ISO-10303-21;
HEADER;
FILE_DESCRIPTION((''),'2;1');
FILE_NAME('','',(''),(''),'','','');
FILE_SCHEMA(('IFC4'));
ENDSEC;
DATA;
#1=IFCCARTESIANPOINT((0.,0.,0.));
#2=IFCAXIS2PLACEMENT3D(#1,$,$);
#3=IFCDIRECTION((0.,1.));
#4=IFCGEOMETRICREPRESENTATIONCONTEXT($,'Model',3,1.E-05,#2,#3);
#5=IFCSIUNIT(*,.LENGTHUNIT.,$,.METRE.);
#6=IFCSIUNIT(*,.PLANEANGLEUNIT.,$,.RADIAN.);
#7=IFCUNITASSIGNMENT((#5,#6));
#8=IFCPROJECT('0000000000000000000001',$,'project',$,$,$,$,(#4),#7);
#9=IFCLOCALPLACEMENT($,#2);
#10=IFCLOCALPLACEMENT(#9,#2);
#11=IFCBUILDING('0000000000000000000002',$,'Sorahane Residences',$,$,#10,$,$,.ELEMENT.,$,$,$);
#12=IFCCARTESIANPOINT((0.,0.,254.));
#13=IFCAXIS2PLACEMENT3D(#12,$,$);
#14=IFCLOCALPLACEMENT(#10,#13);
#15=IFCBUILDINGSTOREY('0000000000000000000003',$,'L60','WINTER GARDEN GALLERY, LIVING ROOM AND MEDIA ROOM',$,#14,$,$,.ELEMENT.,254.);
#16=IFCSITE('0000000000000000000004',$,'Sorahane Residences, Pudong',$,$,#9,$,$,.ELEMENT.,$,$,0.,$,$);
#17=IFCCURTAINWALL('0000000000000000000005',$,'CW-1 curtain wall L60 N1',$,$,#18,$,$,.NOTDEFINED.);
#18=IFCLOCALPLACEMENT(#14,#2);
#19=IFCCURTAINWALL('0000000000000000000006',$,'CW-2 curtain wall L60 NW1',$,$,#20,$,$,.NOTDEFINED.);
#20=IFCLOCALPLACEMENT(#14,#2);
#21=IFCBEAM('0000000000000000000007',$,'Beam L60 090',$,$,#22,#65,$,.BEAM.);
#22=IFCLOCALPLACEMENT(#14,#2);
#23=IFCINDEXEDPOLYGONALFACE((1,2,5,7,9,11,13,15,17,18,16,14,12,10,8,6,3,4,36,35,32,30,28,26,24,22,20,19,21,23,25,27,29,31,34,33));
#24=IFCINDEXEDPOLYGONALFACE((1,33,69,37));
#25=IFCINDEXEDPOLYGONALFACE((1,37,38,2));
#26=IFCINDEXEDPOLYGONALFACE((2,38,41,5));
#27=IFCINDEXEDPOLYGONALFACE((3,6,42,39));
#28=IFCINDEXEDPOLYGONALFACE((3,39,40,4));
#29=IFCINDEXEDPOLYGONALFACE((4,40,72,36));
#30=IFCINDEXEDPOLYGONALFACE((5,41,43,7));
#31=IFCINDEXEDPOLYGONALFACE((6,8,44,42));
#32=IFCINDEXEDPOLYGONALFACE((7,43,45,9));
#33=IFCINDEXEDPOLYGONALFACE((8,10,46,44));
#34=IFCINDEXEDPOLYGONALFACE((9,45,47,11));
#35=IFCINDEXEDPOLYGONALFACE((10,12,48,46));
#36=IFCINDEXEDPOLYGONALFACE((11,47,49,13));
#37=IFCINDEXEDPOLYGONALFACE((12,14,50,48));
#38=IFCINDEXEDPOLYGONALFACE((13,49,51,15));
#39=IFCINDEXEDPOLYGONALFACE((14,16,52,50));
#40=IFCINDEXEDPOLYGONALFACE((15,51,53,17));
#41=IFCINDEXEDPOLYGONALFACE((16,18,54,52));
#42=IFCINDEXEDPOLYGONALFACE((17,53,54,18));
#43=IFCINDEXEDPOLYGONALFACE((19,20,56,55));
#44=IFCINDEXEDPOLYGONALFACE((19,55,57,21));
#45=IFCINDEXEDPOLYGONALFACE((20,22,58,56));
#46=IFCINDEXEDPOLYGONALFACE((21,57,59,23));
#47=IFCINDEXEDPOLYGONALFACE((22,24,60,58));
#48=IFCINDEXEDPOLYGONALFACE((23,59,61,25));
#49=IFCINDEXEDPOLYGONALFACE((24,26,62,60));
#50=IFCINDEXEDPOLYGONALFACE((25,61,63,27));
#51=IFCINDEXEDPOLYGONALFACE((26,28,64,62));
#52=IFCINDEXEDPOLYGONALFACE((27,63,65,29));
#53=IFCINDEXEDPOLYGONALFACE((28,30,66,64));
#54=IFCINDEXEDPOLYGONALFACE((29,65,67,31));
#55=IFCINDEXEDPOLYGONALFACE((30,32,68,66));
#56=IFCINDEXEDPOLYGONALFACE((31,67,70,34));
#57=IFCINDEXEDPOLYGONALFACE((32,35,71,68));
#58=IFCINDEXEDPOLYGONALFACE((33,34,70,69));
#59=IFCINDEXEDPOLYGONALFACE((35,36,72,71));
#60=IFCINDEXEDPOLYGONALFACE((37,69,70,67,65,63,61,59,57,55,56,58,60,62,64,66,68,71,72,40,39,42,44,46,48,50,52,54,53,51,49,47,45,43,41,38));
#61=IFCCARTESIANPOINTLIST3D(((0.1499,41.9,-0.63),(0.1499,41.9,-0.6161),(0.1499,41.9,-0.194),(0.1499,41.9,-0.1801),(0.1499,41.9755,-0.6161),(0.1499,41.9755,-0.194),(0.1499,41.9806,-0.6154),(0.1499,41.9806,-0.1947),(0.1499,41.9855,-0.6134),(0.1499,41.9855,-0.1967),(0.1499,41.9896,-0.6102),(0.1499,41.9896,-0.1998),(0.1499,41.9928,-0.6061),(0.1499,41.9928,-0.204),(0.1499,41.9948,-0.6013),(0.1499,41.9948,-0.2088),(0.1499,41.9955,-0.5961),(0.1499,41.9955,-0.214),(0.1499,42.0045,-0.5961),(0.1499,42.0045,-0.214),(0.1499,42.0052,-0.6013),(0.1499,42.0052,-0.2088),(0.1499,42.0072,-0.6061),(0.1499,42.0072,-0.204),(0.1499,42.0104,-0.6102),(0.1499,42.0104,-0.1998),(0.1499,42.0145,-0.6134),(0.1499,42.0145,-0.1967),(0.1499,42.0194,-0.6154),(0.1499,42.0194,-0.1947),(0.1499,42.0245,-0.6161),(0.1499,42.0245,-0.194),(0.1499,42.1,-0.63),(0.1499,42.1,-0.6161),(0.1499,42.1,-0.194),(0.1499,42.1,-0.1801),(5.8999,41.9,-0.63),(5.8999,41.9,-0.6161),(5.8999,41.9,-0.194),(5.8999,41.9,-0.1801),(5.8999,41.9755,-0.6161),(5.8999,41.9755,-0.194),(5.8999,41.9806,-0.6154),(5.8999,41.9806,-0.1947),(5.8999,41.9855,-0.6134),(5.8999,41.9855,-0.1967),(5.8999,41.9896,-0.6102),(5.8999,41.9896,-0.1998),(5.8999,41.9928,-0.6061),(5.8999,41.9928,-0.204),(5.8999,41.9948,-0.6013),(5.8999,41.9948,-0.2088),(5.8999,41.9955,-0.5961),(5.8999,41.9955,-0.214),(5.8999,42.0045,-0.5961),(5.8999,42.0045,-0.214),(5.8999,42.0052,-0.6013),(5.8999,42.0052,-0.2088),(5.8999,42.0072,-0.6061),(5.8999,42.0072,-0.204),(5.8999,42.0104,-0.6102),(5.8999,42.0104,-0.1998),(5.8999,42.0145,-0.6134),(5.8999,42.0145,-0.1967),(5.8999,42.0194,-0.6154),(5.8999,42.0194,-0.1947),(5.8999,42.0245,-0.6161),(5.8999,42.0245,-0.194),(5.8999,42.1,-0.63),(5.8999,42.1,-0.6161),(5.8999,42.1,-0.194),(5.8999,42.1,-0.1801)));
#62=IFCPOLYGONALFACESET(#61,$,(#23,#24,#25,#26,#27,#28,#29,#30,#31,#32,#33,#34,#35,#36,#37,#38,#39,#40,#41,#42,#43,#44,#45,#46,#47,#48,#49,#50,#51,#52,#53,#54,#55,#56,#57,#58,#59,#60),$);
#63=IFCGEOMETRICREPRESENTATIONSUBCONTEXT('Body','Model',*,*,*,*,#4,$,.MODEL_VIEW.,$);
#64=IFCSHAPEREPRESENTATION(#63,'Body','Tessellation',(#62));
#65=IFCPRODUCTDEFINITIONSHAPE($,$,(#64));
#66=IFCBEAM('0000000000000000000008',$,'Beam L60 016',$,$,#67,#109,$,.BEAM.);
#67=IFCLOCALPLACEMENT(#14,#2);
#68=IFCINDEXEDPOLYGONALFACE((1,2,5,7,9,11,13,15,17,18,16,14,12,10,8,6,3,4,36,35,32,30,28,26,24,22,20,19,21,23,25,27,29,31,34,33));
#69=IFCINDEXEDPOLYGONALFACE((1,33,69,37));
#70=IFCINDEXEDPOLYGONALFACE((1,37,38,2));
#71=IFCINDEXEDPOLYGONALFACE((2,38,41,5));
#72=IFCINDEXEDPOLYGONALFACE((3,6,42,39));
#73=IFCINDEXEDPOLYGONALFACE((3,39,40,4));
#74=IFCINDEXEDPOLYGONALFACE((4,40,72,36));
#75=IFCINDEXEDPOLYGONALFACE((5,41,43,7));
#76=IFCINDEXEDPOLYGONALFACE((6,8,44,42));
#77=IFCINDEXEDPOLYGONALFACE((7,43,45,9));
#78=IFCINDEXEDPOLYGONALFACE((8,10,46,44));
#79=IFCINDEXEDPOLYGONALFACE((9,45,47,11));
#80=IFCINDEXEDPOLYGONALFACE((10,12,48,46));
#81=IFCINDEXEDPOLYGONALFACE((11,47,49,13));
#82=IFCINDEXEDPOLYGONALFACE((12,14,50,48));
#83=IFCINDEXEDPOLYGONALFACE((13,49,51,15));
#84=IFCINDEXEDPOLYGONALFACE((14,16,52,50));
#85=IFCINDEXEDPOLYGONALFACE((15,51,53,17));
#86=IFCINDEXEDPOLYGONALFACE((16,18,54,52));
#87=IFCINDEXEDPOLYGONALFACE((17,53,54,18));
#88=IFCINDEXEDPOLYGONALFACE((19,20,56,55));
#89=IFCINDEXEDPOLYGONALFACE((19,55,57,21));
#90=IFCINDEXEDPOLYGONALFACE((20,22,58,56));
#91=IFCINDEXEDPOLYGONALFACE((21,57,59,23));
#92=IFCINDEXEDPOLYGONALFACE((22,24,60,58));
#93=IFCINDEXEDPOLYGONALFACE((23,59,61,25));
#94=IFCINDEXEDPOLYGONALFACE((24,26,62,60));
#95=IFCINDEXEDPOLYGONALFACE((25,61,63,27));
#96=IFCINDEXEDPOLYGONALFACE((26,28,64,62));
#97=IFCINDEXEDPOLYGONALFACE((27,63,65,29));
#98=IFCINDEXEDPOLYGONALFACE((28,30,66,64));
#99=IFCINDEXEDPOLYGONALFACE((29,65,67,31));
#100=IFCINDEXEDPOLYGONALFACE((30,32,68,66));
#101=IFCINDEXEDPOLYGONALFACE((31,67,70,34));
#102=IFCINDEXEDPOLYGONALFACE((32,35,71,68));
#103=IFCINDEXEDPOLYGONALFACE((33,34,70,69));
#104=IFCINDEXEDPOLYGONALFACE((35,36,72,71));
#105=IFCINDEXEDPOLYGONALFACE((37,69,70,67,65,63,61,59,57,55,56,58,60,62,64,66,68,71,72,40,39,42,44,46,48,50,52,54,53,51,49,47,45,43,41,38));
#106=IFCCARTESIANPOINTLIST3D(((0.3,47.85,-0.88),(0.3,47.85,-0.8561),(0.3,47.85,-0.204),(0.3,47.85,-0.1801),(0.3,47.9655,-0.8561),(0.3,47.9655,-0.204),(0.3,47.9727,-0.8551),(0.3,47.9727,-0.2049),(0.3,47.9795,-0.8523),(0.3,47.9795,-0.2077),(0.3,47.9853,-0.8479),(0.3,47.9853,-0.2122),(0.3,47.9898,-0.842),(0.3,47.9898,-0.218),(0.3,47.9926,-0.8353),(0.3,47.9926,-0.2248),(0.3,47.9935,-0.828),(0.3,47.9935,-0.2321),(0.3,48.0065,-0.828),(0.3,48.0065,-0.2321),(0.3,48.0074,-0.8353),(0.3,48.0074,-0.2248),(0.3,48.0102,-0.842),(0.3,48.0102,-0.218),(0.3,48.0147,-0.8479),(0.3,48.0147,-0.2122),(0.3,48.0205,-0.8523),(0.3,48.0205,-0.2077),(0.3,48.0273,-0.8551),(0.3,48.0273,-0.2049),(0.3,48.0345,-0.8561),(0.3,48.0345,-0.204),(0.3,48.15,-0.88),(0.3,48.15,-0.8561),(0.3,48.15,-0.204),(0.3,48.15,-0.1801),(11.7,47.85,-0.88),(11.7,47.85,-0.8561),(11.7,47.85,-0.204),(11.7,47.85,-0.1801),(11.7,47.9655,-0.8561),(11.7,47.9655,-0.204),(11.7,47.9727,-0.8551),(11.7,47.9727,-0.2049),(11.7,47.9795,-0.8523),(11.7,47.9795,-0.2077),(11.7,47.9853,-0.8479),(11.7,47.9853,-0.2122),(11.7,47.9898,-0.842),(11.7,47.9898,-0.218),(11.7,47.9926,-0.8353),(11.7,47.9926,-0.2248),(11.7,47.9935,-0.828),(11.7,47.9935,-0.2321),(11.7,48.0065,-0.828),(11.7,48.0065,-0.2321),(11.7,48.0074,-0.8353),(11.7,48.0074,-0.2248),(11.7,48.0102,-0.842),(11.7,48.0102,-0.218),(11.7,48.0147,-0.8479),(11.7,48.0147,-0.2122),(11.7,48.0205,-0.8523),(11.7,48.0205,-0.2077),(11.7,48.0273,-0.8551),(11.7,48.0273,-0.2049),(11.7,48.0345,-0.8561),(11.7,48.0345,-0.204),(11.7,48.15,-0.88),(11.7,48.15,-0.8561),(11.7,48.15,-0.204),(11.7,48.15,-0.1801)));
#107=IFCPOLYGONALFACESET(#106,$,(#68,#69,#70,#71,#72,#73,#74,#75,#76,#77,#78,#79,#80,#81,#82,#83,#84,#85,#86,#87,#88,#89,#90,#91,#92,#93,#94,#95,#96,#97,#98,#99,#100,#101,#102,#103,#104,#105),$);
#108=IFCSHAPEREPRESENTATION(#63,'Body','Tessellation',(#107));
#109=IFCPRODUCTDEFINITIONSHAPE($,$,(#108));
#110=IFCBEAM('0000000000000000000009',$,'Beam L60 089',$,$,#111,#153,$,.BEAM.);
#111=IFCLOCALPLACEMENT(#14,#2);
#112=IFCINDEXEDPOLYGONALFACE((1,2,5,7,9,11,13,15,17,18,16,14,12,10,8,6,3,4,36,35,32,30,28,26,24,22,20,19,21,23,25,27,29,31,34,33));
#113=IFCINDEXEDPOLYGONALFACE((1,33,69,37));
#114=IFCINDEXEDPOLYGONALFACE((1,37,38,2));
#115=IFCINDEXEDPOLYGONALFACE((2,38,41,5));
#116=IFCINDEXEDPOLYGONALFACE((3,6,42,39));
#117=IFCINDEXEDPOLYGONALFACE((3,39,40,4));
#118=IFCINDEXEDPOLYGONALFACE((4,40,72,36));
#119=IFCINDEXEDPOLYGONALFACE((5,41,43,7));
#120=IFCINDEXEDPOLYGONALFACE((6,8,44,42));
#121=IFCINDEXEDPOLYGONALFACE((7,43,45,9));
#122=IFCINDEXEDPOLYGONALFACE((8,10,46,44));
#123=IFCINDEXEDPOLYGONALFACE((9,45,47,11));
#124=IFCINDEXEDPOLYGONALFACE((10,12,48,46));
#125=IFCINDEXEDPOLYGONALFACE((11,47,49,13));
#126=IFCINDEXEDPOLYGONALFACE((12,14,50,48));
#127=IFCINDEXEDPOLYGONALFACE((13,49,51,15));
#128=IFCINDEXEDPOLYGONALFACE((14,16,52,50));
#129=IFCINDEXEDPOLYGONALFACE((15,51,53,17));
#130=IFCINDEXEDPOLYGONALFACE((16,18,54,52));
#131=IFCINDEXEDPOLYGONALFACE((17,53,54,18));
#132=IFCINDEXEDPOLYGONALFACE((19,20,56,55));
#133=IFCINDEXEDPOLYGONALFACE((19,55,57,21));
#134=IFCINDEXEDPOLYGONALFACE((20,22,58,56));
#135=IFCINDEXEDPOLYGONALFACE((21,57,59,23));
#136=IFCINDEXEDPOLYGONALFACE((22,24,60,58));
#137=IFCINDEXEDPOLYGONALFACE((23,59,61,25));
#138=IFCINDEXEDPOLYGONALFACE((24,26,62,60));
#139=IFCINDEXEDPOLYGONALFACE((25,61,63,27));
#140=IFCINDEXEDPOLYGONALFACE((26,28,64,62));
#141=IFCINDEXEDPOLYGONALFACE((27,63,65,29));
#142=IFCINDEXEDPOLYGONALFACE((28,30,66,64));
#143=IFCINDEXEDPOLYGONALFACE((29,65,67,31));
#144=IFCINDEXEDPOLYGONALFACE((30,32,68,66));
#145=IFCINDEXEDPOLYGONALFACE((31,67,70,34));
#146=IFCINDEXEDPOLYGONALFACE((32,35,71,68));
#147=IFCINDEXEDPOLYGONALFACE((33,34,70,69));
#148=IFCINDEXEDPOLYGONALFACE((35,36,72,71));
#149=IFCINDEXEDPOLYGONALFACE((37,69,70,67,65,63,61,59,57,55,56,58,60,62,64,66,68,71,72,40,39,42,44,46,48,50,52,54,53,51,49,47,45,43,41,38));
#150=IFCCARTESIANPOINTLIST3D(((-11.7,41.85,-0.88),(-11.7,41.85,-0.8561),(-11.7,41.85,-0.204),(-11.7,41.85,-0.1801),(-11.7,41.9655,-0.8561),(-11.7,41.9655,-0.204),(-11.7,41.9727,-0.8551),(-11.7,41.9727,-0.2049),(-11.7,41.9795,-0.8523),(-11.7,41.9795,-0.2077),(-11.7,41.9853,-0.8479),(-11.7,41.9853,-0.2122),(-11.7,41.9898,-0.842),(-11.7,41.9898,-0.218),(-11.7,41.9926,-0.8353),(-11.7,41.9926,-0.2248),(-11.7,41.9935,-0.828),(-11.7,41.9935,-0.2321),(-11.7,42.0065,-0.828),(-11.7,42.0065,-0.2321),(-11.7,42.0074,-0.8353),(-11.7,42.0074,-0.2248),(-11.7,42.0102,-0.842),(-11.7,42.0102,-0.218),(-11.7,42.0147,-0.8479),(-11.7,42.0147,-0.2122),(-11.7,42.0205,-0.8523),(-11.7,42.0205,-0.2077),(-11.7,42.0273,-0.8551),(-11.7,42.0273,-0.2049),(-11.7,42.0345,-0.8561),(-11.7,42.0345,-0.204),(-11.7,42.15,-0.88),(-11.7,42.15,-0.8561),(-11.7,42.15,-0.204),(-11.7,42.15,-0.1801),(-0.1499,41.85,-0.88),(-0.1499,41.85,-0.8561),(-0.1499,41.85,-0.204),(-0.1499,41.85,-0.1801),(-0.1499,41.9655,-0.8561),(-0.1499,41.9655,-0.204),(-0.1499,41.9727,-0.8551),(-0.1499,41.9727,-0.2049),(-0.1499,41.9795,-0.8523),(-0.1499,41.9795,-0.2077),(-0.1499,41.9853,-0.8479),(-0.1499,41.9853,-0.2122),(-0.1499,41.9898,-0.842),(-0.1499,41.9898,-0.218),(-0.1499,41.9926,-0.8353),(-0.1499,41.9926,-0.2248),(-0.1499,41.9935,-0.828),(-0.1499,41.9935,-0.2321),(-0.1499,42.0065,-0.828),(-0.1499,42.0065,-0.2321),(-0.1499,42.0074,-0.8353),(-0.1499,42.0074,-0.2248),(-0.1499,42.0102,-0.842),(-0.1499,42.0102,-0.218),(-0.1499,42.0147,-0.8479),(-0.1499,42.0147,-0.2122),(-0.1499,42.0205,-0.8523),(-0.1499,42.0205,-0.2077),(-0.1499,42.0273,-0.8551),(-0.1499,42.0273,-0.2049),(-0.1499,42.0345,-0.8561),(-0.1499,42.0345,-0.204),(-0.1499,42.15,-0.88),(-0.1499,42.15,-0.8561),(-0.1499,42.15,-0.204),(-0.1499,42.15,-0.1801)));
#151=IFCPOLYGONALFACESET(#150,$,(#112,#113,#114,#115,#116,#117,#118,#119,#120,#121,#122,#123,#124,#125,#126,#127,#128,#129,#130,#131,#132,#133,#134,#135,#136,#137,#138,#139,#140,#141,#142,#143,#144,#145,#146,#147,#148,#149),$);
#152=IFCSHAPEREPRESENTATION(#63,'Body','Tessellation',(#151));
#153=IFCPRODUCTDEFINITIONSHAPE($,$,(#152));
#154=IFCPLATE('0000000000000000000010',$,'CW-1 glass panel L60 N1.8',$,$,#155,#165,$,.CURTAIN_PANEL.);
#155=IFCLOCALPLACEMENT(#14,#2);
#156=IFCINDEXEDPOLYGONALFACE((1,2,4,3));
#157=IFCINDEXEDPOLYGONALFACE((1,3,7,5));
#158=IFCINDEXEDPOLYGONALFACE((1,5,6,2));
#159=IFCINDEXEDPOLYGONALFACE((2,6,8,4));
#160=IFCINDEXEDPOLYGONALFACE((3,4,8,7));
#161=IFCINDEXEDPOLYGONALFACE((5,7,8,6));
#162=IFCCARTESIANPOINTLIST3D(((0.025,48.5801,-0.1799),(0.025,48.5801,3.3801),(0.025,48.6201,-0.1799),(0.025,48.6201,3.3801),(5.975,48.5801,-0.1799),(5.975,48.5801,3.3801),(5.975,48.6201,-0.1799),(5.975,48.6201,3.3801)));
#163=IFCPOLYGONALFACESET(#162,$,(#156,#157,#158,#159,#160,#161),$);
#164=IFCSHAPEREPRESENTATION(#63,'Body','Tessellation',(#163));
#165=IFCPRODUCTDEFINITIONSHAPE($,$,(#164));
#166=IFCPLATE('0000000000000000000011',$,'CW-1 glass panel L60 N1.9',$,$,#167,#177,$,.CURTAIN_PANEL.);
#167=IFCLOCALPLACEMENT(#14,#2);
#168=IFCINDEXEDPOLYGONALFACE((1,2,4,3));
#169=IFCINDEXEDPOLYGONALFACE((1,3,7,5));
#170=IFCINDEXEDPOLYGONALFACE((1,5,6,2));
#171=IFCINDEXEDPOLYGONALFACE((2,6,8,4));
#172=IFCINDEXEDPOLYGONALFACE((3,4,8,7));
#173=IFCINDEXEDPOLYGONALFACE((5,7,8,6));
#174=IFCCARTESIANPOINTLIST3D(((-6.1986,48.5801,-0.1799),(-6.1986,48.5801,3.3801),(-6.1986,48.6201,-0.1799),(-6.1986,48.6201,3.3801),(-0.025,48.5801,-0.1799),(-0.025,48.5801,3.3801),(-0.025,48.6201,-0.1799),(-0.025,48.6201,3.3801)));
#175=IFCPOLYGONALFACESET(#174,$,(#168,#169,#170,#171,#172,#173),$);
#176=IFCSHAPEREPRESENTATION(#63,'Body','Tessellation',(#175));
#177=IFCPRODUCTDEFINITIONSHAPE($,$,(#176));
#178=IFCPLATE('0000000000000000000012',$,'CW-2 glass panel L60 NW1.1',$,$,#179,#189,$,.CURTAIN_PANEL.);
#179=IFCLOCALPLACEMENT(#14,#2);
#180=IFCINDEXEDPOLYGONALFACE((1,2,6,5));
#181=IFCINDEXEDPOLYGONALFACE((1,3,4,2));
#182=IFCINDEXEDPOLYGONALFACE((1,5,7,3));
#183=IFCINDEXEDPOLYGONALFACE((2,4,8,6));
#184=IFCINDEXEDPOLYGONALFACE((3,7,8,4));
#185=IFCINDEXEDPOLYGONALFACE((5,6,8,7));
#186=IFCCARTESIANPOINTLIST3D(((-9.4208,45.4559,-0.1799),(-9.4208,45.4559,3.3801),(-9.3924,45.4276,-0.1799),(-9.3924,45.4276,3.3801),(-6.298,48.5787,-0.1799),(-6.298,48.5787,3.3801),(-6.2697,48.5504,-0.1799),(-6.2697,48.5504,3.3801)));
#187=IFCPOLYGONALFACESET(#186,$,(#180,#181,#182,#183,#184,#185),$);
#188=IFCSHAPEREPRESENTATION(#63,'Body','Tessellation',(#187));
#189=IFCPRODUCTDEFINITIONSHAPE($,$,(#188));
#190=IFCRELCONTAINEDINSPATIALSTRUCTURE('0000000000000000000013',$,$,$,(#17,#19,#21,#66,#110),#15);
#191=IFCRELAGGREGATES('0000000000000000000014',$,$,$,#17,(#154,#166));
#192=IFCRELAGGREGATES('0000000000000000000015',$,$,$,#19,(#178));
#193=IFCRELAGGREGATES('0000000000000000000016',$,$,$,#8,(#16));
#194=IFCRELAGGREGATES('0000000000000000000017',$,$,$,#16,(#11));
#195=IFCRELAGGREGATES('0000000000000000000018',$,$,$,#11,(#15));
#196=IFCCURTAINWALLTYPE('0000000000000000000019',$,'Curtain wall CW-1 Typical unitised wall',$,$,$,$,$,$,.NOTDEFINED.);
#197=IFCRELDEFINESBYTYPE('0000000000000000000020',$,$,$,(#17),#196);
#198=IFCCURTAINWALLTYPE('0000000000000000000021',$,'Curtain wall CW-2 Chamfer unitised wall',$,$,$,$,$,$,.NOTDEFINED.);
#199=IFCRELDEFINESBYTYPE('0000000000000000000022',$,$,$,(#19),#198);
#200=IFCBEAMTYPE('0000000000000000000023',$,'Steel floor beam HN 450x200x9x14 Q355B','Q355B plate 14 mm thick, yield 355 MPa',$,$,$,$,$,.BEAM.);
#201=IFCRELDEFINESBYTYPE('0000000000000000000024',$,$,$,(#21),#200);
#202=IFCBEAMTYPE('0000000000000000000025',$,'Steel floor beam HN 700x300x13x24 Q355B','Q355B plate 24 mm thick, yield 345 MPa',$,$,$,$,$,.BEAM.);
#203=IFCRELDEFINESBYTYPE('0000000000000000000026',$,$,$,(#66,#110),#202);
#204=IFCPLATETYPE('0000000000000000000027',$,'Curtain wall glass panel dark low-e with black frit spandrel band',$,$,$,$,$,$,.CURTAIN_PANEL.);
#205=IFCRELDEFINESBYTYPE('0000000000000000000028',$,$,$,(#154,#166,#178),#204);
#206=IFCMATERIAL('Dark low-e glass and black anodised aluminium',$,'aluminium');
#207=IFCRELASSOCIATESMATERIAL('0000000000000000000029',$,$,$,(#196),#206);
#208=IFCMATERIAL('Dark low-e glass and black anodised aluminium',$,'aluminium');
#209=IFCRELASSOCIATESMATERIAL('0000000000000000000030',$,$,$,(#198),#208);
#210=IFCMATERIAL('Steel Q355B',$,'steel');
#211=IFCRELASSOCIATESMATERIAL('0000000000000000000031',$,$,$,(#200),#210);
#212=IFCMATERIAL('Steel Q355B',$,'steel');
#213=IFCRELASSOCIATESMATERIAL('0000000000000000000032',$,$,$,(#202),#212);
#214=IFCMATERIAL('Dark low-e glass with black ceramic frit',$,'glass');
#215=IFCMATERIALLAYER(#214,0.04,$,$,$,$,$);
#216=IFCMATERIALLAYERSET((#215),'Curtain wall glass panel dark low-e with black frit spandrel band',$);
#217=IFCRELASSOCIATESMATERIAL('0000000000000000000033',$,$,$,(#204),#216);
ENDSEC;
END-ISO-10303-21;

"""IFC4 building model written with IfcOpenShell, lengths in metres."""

from ifc_helpers import new_model, si_unit, direction, frame, origin, origin_2d, place, context, subcontext, project, spatial, rectangle, i_section, extrude, material, layer, layer_set, material_profile, profile_set, type_object, element, aggregate, save


model = new_model("IFC4")

# Units and contexts
model_context = context("Model", 3, precision=1e-05, world=origin(), true_north=direction((0.0, 1.0)))
body_context = subcontext(model_context, "Body", "Model", "MODEL_VIEW")
ifc_project = project(units=[si_unit("LENGTHUNIT", "METRE"), si_unit("PLANEANGLEUNIT", "RADIAN")], contexts=[model_context])

# Site, building, storey
site_placement = place(None, origin())
site = spatial("IfcSite", under=ifc_project, at=site_placement, Name="Sorahane Residences, Pudong", CompositionType="ELEMENT", RefElevation=0.0)
building_placement = place(site_placement, origin())
building = spatial("IfcBuilding", under=site, at=building_placement, Name="Sorahane Residences", CompositionType="ELEMENT")
storey_placement = place(building_placement, frame((0.0, 0.0, 254.0)))
storey = spatial("IfcBuildingStorey", under=building, at=storey_placement, Name="L60", Description="WINTER GARDEN GALLERY, LIVING ROOM AND MEDIA ROOM", CompositionType="ELEMENT", Elevation=254.0)

# Curtain walls
ifc_material_1 = material(Name="Dark low-e glass and black anodised aluminium", Category="aluminium")
curtain_wall_type_1 = type_object("IfcCurtainWallType", Name="Curtain wall CW-1 Typical unitised wall", PredefinedType="NOTDEFINED", material=ifc_material_1)
curtain_wall_1_placement = place(storey_placement, origin())
curtain_wall_1 = element("IfcCurtainWall", 1, at=curtain_wall_1_placement, inside=storey, type_object=curtain_wall_type_1, Name="CW-1 curtain wall L60 N1", PredefinedType="NOTDEFINED")
ifc_material_2 = material(Name="Dark low-e glass and black anodised aluminium", Category="aluminium")
curtain_wall_type_2 = type_object("IfcCurtainWallType", Name="Curtain wall CW-2 Chamfer unitised wall", PredefinedType="NOTDEFINED", material=ifc_material_2)
curtain_wall_2_placement = place(storey_placement, origin())
curtain_wall_2 = element("IfcCurtainWall", 2, at=curtain_wall_2_placement, inside=storey, type_object=curtain_wall_type_2, Name="CW-2 curtain wall L60 NW1", PredefinedType="NOTDEFINED")

# Beams
ifc_material_3 = material(Name="Steel Q355B", Category="steel")
ifc_material_profile_1 = material_profile(ifc_material_3, i_section(OverallWidth=0.2, OverallDepth=0.45, WebThickness=0.009, FlangeThickness=0.0139, FilletRadius=0.02, at=origin_2d()), Name="HN 450x200x9x14")
ifc_profile_set_1 = profile_set([ifc_material_profile_1], Name="Steel Q355B")
beam_type_1 = type_object("IfcBeamType", Name="Steel floor beam HN 450x200x9x14 Q355B", Description="Q355B plate 14 mm thick, yield 355 MPa", PredefinedType="BEAM", material=ifc_profile_set_1)
beam_1_placement = place(storey_placement, frame((0.1499, 42.0, -0.405), z_axis=(1.0, 0.0, 0.0), x_axis=(0.0, 1.0, 0.0)))
element("IfcBeam", 3, at=beam_1_placement, inside=storey, type_object=beam_type_1, Name="Beam L60 090", PredefinedType="BEAM", context=body_context, shape_type="SweptSolid", body=[
    extrude(i_section(OverallWidth=0.2, OverallDepth=0.45, WebThickness=0.009, FlangeThickness=0.0139, FilletRadius=0.02, at=origin_2d()), origin(), (0.0, 0.0, 1.0), 5.75),
])
ifc_material_4 = material(Name="Steel Q355B", Category="steel")
ifc_material_profile_2 = material_profile(ifc_material_4, i_section(OverallWidth=0.3, OverallDepth=0.7, WebThickness=0.0129, FlangeThickness=0.0239, FilletRadius=0.0281, at=origin_2d()), Name="HN 700x300x13x24")
ifc_profile_set_2 = profile_set([ifc_material_profile_2], Name="Steel Q355B")
beam_type_2 = type_object("IfcBeamType", Name="Steel floor beam HN 700x300x13x24 Q355B", Description="Q355B plate 24 mm thick, yield 345 MPa", PredefinedType="BEAM", material=ifc_profile_set_2)
beam_2_placement = place(storey_placement, frame((0.3, 48.0, -0.53), z_axis=(1.0, 0.0, 0.0), x_axis=(0.0, 1.0, 0.0)))
element("IfcBeam", 4, at=beam_2_placement, inside=storey, type_object=beam_type_2, Name="Beam L60 016", PredefinedType="BEAM", context=body_context, shape_type="SweptSolid", body=[
    extrude(i_section(OverallWidth=0.3, OverallDepth=0.7, WebThickness=0.0129, FlangeThickness=0.0239, FilletRadius=0.0281, at=origin_2d()), origin(), (0.0, 0.0, 1.0), 11.3999),
])
beam_3_placement = place(storey_placement, frame((-11.7, 42.0, -0.53), z_axis=(1.0, 0.0, 0.0), x_axis=(0.0, 1.0, 0.0)))
element("IfcBeam", 5, at=beam_3_placement, inside=storey, type_object=beam_type_2, Name="Beam L60 089", PredefinedType="BEAM", context=body_context, shape_type="SweptSolid", body=[
    extrude(i_section(OverallWidth=0.3, OverallDepth=0.7, WebThickness=0.0129, FlangeThickness=0.0239, FilletRadius=0.0281, at=origin_2d()), origin(), (0.0, 0.0, 1.0), 11.55),
])

# Plates
ifc_material_5 = material(Name="Dark low-e glass with black ceramic frit", Category="glass")
ifc_layer_1 = layer(ifc_material_5, 0.04)
ifc_layer_set_1 = layer_set([ifc_layer_1], Name="Curtain wall glass panel dark low-e with black frit spandrel band")
plate_type = type_object("IfcPlateType", Name="Curtain wall glass panel dark low-e with black frit spandrel band", PredefinedType="CURTAIN_PANEL", material=ifc_layer_set_1)
plate_1_placement = place(storey_placement, frame((3.0, 48.6001, -0.1799), z_axis=(0.0, 0.0, 1.0), x_axis=(-1.0, 0.0, 0.0)))
plate_1 = element("IfcPlate", 6, at=plate_1_placement, type_object=plate_type, Name="CW-1 glass panel L60 N1.8", PredefinedType="CURTAIN_PANEL", context=body_context, shape_type="SweptSolid", body=[
    extrude(rectangle(XDim=5.95, YDim=0.04, at=origin_2d()), origin(), (0.0, 0.0, 1.0), 3.5601),
])
plate_2_placement = place(storey_placement, frame((-3.1118, 48.6001, -0.1799), z_axis=(0.0, 0.0, 1.0), x_axis=(-1.0, 0.0, 0.0)))
plate_2 = element("IfcPlate", 7, at=plate_2_placement, type_object=plate_type, Name="CW-1 glass panel L60 N1.9", PredefinedType="CURTAIN_PANEL", context=body_context, shape_type="SweptSolid", body=[
    extrude(rectangle(XDim=6.1736, YDim=0.04, at=origin_2d()), origin(), (0.0, 0.0, 1.0), 3.5601),
])
aggregate(curtain_wall_1, [plate_1, plate_2])
plate_3_placement = place(storey_placement, frame((-7.8452, 47.0032, -0.1799), z_axis=(0.0, 0.0, 1.0), x_axis=(-0.707107, -0.707107, 0.0)))
plate_3 = element("IfcPlate", 8, at=plate_3_placement, type_object=plate_type, Name="CW-2 glass panel L60 NW1.1", PredefinedType="CURTAIN_PANEL", context=body_context, shape_type="SweptSolid", body=[
    extrude(rectangle(XDim=4.4163, YDim=0.04, at=origin_2d()), origin(), (0.0, 0.0, 1.0), 3.5601),
])
aggregate(curtain_wall_2, [plate_3])

save(model, "model.ifc")
